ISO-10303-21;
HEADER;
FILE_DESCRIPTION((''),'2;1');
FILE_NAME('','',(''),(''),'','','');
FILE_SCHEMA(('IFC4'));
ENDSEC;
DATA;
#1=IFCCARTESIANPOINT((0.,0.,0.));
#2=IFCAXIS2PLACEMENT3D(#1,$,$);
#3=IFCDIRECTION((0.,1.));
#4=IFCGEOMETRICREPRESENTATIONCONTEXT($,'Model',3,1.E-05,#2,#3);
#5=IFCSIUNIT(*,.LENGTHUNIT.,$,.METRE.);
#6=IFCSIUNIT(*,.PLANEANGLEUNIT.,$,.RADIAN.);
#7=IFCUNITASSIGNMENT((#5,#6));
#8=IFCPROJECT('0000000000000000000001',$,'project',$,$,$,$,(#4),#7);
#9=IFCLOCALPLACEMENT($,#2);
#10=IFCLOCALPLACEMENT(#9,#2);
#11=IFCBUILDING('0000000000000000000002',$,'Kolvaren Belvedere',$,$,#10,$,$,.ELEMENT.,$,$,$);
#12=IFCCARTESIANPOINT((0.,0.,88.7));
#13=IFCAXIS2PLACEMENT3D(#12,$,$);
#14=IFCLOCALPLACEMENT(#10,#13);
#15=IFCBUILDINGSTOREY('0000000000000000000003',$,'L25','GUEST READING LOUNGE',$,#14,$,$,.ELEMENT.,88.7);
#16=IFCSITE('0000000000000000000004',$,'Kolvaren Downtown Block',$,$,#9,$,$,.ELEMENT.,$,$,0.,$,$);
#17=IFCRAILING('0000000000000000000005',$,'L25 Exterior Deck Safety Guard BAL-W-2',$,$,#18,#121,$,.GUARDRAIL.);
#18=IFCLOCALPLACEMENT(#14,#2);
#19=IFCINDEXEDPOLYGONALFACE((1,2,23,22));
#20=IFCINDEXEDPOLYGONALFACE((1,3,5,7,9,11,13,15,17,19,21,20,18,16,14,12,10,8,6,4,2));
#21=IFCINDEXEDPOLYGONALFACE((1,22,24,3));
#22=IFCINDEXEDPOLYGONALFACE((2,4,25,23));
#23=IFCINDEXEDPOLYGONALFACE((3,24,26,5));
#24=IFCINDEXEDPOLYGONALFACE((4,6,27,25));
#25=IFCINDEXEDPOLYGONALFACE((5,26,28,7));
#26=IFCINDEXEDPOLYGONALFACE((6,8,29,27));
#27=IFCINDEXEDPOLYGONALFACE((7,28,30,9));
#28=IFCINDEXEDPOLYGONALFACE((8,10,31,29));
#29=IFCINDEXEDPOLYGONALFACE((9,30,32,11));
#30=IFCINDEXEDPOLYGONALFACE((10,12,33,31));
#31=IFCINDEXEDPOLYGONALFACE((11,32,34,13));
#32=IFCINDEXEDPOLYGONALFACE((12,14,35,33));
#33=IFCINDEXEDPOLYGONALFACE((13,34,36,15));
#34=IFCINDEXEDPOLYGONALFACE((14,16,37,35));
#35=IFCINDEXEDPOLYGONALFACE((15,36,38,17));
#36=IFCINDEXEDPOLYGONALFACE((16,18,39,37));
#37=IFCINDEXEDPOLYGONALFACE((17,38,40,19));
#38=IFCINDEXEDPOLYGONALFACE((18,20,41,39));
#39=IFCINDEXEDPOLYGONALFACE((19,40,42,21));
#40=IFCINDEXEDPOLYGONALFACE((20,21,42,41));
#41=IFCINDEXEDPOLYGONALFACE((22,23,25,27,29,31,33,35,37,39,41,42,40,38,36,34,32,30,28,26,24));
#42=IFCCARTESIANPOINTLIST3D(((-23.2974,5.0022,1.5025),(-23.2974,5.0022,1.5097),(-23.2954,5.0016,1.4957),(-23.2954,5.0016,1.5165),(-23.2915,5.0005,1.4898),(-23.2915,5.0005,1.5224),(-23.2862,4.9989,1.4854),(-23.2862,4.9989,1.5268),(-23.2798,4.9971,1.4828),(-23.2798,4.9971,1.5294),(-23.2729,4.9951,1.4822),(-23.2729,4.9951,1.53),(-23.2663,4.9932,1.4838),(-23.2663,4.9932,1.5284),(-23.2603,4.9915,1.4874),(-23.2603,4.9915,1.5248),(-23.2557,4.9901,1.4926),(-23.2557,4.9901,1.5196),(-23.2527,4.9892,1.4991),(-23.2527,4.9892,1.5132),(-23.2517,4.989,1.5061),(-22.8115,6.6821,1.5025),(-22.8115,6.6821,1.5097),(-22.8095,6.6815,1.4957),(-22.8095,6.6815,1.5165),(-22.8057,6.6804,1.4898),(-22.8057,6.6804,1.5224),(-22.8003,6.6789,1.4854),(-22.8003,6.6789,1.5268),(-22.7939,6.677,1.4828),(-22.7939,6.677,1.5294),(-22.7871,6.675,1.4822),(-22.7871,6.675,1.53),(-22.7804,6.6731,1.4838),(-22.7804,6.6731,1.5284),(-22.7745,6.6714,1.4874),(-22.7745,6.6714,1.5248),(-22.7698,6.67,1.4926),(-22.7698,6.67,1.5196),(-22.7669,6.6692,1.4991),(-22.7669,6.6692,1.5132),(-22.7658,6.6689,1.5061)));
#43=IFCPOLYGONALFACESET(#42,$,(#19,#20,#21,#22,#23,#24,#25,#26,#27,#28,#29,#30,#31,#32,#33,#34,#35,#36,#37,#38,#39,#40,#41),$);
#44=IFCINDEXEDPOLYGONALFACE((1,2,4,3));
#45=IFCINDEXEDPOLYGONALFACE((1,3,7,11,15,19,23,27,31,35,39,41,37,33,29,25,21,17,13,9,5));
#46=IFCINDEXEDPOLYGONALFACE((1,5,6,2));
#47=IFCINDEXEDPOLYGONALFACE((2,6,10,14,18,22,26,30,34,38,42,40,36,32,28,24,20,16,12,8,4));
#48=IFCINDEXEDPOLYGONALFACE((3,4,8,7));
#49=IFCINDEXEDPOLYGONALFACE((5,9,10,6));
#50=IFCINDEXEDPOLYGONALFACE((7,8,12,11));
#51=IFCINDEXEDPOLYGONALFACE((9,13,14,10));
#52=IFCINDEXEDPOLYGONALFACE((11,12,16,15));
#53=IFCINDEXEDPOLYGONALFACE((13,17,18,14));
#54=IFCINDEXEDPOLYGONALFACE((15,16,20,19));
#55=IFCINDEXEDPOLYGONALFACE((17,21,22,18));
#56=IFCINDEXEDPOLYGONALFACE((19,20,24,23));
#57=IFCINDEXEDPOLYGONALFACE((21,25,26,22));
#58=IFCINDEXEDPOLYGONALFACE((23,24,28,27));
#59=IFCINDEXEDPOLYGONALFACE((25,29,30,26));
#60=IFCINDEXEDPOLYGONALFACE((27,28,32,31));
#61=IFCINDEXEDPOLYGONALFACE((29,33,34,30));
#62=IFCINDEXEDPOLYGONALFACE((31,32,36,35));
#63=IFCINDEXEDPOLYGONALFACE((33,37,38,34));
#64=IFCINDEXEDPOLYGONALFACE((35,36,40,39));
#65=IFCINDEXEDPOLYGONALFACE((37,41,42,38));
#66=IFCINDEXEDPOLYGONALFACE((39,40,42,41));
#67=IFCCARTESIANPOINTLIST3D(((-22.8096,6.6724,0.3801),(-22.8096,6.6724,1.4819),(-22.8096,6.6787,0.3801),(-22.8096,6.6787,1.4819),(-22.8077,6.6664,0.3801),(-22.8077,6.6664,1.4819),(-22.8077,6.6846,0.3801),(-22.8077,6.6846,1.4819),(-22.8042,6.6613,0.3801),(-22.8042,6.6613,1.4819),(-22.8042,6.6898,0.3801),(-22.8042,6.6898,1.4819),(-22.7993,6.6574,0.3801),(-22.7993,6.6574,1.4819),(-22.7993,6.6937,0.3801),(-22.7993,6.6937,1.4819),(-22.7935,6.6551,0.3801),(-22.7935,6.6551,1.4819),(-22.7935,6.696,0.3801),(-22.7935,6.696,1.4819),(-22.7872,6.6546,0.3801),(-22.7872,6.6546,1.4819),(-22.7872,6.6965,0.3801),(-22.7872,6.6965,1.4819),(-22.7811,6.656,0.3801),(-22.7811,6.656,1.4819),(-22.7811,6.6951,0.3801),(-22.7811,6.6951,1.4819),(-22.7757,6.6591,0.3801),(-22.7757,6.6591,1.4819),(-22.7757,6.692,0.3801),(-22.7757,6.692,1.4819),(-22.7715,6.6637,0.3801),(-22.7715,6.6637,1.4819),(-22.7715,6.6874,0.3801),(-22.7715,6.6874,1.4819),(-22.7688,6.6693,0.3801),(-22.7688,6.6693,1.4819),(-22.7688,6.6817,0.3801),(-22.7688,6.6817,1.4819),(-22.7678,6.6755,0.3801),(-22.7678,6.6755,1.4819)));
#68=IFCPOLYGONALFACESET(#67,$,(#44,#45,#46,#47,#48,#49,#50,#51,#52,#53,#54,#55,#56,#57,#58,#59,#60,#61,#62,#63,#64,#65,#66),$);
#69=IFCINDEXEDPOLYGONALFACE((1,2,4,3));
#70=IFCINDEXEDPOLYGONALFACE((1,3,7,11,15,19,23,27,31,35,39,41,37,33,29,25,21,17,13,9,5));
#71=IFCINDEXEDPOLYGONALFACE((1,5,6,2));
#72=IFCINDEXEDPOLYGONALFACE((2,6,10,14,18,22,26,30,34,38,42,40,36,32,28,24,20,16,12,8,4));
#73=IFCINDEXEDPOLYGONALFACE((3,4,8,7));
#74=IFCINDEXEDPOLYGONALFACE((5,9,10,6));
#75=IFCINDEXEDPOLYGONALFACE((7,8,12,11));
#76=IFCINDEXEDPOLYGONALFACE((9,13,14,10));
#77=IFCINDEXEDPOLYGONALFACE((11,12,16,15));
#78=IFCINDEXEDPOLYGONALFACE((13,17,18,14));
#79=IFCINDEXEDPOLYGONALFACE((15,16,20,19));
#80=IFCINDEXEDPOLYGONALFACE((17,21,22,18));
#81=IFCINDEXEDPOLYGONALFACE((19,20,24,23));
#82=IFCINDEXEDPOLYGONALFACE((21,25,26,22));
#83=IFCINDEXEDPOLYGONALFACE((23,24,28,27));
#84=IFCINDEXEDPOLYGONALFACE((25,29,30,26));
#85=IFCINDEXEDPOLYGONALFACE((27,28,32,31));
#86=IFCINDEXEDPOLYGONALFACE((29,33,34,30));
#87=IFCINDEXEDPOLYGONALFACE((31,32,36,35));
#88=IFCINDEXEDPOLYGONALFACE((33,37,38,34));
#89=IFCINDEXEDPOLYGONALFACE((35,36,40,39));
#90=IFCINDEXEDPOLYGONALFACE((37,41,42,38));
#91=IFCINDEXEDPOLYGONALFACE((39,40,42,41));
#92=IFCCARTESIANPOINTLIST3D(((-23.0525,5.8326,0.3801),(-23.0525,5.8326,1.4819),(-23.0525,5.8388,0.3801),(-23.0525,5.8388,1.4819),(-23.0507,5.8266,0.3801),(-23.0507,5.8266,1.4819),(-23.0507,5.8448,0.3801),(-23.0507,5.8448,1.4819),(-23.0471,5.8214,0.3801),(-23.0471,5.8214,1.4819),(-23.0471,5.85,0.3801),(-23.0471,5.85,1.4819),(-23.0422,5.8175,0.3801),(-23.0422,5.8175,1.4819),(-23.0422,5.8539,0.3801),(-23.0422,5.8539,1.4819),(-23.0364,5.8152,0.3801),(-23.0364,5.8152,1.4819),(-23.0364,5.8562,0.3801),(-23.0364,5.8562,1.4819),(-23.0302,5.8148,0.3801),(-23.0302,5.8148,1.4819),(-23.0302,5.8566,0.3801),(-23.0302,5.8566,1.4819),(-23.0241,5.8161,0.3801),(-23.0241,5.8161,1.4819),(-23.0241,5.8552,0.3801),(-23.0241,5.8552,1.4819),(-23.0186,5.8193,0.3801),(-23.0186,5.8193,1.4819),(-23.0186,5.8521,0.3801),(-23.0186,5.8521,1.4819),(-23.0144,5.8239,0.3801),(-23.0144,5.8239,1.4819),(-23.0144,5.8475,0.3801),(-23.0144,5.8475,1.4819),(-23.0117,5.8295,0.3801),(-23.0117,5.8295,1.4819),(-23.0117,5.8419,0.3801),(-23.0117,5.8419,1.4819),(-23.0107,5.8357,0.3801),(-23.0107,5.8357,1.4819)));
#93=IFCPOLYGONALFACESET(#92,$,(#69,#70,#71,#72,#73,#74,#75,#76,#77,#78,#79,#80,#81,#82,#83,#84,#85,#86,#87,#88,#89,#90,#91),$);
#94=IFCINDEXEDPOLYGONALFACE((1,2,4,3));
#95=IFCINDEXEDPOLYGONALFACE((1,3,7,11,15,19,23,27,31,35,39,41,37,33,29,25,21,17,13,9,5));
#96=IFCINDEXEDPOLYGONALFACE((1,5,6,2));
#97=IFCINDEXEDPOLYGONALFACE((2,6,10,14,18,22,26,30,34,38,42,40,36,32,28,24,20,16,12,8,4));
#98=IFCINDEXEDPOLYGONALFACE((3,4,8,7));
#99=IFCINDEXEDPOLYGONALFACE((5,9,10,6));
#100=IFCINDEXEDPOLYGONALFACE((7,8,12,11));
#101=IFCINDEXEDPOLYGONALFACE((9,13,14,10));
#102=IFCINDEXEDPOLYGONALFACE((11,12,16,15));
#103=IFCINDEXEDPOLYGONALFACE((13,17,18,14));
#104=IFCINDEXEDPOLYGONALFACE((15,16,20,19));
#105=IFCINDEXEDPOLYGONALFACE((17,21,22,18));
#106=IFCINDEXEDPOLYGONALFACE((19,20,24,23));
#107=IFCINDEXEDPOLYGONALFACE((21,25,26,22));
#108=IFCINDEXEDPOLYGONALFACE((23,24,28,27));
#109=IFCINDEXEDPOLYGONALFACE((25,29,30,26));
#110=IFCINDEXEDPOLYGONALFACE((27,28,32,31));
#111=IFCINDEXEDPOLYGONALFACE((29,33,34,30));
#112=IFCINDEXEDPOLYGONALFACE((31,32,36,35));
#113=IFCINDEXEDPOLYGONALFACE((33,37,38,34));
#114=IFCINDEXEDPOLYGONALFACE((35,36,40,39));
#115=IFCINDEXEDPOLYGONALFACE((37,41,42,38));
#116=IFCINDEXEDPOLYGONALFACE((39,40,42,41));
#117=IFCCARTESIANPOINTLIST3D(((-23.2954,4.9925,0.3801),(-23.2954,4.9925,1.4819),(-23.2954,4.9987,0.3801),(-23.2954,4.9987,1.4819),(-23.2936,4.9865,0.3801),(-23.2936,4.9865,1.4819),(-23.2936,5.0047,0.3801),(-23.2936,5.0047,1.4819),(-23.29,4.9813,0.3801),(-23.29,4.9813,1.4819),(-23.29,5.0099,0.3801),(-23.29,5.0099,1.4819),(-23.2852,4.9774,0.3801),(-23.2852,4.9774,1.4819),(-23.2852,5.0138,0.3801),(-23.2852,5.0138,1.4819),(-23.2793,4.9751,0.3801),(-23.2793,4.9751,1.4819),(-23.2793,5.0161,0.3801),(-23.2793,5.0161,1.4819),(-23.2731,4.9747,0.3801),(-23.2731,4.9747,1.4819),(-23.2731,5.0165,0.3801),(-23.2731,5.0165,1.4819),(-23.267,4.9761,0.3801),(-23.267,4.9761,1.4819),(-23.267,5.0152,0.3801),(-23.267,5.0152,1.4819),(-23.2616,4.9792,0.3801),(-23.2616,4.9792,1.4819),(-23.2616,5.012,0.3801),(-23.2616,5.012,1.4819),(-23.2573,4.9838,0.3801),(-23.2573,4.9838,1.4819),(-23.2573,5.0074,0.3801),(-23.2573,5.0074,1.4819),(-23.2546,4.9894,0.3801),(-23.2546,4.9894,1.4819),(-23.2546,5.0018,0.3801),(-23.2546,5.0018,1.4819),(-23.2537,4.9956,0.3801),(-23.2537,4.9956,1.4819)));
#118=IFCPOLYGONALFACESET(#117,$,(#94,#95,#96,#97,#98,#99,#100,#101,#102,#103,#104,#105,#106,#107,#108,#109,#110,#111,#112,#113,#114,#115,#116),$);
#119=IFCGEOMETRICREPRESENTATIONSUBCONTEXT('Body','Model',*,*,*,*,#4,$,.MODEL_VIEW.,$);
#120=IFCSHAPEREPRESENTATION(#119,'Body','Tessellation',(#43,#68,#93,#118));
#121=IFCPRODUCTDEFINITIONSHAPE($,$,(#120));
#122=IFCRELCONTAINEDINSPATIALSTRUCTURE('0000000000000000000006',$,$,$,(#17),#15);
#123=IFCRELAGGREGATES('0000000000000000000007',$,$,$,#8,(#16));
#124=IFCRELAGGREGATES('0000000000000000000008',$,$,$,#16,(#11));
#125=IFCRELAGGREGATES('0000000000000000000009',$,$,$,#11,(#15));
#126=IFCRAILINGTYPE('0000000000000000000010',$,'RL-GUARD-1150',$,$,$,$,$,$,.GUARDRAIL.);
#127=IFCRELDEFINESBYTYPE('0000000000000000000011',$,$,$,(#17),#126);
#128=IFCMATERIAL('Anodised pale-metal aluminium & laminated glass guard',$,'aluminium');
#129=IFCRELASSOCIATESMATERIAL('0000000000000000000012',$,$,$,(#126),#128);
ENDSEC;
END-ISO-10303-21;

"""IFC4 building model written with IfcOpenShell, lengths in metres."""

from ifc_helpers import new_model, si_unit, direction, frame, origin, origin_2d, place, context, subcontext, project, spatial, circle, extrude, material, type_object, element, save


model = new_model("IFC4")

# Units and contexts
model_context = context("Model", 3, precision=1e-05, world=origin(), true_north=direction((0.0, 1.0)))
body_context = subcontext(model_context, "Body", "Model", "MODEL_VIEW")
ifc_project = project(units=[si_unit("LENGTHUNIT", "METRE"), si_unit("PLANEANGLEUNIT", "RADIAN")], contexts=[model_context])

# Site, building, storey
site_placement = place(None, origin())
site = spatial("IfcSite", under=ifc_project, at=site_placement, Name="Kolvaren Downtown Block", CompositionType="ELEMENT", RefElevation=0.0)
building_placement = place(site_placement, origin())
building = spatial("IfcBuilding", under=site, at=building_placement, Name="Kolvaren Belvedere", CompositionType="ELEMENT")
storey_placement = place(building_placement, frame((0.0, 0.0, 88.7)))
storey = spatial("IfcBuildingStorey", under=building, at=storey_placement, Name="L25", Description="GUEST READING LOUNGE", CompositionType="ELEMENT", Elevation=88.7)

# Railing
ifc_material_1 = material(Name="Anodised pale-metal aluminium & laminated glass guard", Category="aluminium")
railing_type = type_object("IfcRailingType", Name="RL-GUARD-1150", PredefinedType="GUARDRAIL", material=ifc_material_1)
railing_1_placement = place(storey_placement, frame((-22.7888, 6.6755, 0.3801)))
element("IfcRailing", 1, at=railing_1_placement, inside=storey, type_object=railing_type, Name="L25 Exterior Deck Safety Guard BAL-W-2", PredefinedType="GUARDRAIL", context=body_context, shape_type="SweptSolid", body=[
    extrude(circle(Radius=0.0239, at=origin_2d()), frame((0.0, 0.0, 1.126), z_axis=(-0.277817, -0.960634, 0.0), x_axis=(0.960634, -0.277817, 0.0)), (0.0, 0.0, 1.0), 1.7488),
    extrude(circle(Radius=0.021, at=origin_2d()), origin(), (0.0, 0.0, 1.0), 1.1018),
    extrude(circle(Radius=0.021, at=origin_2d()), frame((-0.2429, -0.8398, 0.0)), (0.0, 0.0, 1.0), 1.1018),
    extrude(circle(Radius=0.021, at=origin_2d()), frame((-0.4858, -1.6799, 0.0)), (0.0, 0.0, 1.0), 1.1018),
])

save(model, "model.ifc")
